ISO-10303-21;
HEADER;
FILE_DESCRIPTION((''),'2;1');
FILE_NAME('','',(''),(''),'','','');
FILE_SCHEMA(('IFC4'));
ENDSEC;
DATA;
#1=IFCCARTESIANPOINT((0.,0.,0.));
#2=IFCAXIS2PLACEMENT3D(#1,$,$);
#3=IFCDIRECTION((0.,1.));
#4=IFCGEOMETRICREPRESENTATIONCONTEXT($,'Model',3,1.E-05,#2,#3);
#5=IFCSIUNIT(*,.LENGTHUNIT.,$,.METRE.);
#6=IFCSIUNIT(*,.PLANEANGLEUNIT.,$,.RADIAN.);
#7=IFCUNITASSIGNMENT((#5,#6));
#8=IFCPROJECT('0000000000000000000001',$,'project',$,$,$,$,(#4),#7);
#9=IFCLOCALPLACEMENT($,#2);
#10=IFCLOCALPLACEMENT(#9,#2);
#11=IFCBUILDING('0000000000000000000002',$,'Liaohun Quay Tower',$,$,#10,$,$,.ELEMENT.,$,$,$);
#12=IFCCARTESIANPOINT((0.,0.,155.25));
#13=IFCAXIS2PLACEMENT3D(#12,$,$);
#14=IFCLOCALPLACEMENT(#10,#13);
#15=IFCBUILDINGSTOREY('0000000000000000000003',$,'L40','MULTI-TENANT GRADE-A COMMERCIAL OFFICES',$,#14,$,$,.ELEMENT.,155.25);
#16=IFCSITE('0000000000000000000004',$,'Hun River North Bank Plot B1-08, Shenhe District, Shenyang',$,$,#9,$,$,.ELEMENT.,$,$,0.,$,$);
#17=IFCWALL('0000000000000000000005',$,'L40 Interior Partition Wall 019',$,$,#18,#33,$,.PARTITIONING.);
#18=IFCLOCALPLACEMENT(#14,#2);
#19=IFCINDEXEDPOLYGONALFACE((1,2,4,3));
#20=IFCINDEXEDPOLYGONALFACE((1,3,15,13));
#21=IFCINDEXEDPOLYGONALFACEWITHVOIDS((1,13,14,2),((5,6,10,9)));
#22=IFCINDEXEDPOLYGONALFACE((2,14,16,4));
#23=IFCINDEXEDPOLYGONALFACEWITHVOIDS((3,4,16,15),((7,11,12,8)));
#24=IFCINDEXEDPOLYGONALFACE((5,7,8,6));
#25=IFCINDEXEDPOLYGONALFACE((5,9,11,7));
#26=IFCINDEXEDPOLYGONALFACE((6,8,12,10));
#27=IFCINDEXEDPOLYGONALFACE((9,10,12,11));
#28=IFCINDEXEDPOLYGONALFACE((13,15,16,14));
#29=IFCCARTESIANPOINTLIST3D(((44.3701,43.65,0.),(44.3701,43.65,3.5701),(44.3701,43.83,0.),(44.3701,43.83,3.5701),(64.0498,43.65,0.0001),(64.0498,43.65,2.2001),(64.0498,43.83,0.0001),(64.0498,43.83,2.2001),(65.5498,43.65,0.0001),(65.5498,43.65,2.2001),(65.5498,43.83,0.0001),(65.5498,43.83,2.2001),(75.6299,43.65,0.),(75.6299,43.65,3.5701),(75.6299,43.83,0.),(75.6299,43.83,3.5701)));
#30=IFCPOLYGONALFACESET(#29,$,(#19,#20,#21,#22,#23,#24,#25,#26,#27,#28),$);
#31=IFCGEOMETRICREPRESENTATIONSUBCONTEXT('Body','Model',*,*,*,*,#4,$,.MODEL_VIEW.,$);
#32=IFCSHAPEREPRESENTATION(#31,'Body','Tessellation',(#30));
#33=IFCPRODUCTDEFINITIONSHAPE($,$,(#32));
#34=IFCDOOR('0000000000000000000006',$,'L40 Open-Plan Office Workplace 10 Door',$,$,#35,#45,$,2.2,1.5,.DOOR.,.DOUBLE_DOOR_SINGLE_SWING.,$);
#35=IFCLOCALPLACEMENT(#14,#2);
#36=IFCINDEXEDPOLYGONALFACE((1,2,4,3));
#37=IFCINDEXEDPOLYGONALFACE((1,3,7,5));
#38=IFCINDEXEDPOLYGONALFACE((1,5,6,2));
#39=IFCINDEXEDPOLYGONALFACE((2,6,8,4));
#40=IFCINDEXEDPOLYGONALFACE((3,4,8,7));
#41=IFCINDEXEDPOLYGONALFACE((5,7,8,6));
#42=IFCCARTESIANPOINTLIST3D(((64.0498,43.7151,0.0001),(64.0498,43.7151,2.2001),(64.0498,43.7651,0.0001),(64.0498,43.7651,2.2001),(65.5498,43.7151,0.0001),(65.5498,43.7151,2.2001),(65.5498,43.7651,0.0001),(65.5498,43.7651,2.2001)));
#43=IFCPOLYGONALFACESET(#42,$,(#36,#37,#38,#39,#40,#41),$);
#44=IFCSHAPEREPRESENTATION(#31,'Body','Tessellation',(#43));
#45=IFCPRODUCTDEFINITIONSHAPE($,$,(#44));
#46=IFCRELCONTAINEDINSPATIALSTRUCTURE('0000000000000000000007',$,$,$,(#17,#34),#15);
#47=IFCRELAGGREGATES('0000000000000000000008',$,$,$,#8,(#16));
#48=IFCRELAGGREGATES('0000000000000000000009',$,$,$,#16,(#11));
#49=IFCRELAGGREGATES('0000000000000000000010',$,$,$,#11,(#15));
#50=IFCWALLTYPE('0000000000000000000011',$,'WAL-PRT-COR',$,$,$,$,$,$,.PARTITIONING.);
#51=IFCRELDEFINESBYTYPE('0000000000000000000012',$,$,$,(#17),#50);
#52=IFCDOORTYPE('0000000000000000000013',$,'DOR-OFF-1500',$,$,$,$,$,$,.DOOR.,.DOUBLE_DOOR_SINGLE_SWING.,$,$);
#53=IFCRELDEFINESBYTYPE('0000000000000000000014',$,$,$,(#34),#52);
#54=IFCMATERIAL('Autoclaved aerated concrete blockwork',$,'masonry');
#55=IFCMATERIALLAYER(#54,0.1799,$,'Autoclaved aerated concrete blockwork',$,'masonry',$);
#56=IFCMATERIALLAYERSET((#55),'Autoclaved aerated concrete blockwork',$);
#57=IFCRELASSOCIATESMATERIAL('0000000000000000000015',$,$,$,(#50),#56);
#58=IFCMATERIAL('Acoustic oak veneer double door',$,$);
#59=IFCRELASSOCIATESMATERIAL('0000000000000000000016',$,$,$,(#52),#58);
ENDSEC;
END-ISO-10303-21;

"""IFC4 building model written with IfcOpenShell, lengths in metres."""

from ifc_helpers import new_model, si_unit, direction, frame, frame_2d, origin, place, context, subcontext, project, spatial, rectangle, extrude, source, transform, mapped, material, layer, layer_set, type_object, element, fill, save


model = new_model("IFC4")

# Units and contexts
model_context = context("Model", 3, precision=1e-05, world=origin(), true_north=direction((0.0, 1.0)))
body_context = subcontext(model_context, "Body", "Model", "MODEL_VIEW")
ifc_project = project(units=[si_unit("LENGTHUNIT", "METRE"), si_unit("PLANEANGLEUNIT", "RADIAN")], contexts=[model_context])

# Site, building, storey
site_placement = place(None, origin())
site = spatial("IfcSite", under=ifc_project, at=site_placement, Name="Hun River North Bank Plot B1-08, Shenhe District, Shenyang", CompositionType="ELEMENT", RefElevation=0.0)
building_placement = place(site_placement, origin())
building = spatial("IfcBuilding", under=site, at=building_placement, Name="Liaohun Quay Tower", CompositionType="ELEMENT")
storey_placement = place(building_placement, frame((0.0, 0.0, 155.25)))
storey = spatial("IfcBuildingStorey", under=building, at=storey_placement, Name="L40", Description="MULTI-TENANT GRADE-A COMMERCIAL OFFICES", CompositionType="ELEMENT", Elevation=155.25)

# Wall, opening, door
ifc_material_1 = material(Name="Autoclaved aerated concrete blockwork", Category="masonry")
ifc_layer_1 = layer(ifc_material_1, 0.1799, Name="Autoclaved aerated concrete blockwork", Category="masonry")
ifc_layer_set_1 = layer_set([ifc_layer_1], Name="Autoclaved aerated concrete blockwork")
wall_type_1 = type_object("IfcWallType", Name="WAL-PRT-COR", PredefinedType="PARTITIONING", material=ifc_layer_set_1)
wall_1_placement = place(storey_placement, frame((75.6299, 43.74, 0.0), z_axis=(0.0, 0.0, 1.0), x_axis=(-1.0, 0.0, 0.0)))
wall_1 = element("IfcWall", 1, at=wall_1_placement, inside=storey, type_object=wall_type_1, Name="L40 Interior Partition Wall 019", PredefinedType="PARTITIONING", context=body_context, shape_type="SweptSolid", body=[
    extrude(rectangle(XDim=31.2598, YDim=0.1799, at=frame_2d((15.6299, 0.0))), origin(), (0.0, 0.0, 1.0), 3.5701),
])
shared_shape_1 = source(origin(), body_context, "Body", "SweptSolid", [
    extrude(rectangle(XDim=1.5, YDim=2.2, at=frame_2d((0.75, 1.1001))), frame((0.0, 0.0999, 0.0), z_axis=(0.0, -1.0, 0.0), x_axis=(1.0, 0.0, 0.0)), (0.0, 0.0, 1.0), 0.2),
])
opening_1_placement = place(wall_1_placement, frame((10.0801, 0.0, 0.0)))
opening_1 = element("IfcOpeningElement", 2, at=opening_1_placement, cuts=wall_1, PredefinedType="OPENING", context=body_context, shape_type="MappedRepresentation", body=[
    mapped(shared_shape_1, transform((0.0, 0.0, 0.0), x_axis=(1.0, 0.0, 0.0), y_axis=(0.0, 1.0, 0.0), z_axis=(0.0, 0.0, 1.0), scale=1.0)),
])
ifc_material_2 = material(Name="Acoustic oak veneer double door")
door_type = type_object("IfcDoorType", Name="DOR-OFF-1500", OperationType="DOUBLE_DOOR_SINGLE_SWING", PredefinedType="DOOR", material=ifc_material_2)
shared_shape_2 = source(origin(), body_context, "Body", "SweptSolid", [
    extrude(rectangle(XDim=1.5, YDim=2.2, at=frame_2d((0.75, 1.1001))), frame((0.0, 0.0249, 0.0), z_axis=(0.0, -1.0, 0.0), x_axis=(1.0, 0.0, 0.0)), (0.0, 0.0, 1.0), 0.05),
])
door_placement = place(opening_1_placement, origin())
door = element("IfcDoor", 3, at=door_placement, inside=storey, type_object=door_type, Name="L40 Open-Plan Office Workplace 10 Door", OperationType="DOUBLE_DOOR_SINGLE_SWING", OverallHeight=2.2, OverallWidth=1.5, PredefinedType="DOOR", context=body_context, shape_type="MappedRepresentation", body=[
    mapped(shared_shape_2, transform((0.0, 0.0, 0.0), x_axis=(1.0, 0.0, 0.0), y_axis=(0.0, 1.0, 0.0), z_axis=(0.0, 0.0, 1.0), scale=1.0)),
])
fill(opening_1, door)

save(model, "model.ifc")
